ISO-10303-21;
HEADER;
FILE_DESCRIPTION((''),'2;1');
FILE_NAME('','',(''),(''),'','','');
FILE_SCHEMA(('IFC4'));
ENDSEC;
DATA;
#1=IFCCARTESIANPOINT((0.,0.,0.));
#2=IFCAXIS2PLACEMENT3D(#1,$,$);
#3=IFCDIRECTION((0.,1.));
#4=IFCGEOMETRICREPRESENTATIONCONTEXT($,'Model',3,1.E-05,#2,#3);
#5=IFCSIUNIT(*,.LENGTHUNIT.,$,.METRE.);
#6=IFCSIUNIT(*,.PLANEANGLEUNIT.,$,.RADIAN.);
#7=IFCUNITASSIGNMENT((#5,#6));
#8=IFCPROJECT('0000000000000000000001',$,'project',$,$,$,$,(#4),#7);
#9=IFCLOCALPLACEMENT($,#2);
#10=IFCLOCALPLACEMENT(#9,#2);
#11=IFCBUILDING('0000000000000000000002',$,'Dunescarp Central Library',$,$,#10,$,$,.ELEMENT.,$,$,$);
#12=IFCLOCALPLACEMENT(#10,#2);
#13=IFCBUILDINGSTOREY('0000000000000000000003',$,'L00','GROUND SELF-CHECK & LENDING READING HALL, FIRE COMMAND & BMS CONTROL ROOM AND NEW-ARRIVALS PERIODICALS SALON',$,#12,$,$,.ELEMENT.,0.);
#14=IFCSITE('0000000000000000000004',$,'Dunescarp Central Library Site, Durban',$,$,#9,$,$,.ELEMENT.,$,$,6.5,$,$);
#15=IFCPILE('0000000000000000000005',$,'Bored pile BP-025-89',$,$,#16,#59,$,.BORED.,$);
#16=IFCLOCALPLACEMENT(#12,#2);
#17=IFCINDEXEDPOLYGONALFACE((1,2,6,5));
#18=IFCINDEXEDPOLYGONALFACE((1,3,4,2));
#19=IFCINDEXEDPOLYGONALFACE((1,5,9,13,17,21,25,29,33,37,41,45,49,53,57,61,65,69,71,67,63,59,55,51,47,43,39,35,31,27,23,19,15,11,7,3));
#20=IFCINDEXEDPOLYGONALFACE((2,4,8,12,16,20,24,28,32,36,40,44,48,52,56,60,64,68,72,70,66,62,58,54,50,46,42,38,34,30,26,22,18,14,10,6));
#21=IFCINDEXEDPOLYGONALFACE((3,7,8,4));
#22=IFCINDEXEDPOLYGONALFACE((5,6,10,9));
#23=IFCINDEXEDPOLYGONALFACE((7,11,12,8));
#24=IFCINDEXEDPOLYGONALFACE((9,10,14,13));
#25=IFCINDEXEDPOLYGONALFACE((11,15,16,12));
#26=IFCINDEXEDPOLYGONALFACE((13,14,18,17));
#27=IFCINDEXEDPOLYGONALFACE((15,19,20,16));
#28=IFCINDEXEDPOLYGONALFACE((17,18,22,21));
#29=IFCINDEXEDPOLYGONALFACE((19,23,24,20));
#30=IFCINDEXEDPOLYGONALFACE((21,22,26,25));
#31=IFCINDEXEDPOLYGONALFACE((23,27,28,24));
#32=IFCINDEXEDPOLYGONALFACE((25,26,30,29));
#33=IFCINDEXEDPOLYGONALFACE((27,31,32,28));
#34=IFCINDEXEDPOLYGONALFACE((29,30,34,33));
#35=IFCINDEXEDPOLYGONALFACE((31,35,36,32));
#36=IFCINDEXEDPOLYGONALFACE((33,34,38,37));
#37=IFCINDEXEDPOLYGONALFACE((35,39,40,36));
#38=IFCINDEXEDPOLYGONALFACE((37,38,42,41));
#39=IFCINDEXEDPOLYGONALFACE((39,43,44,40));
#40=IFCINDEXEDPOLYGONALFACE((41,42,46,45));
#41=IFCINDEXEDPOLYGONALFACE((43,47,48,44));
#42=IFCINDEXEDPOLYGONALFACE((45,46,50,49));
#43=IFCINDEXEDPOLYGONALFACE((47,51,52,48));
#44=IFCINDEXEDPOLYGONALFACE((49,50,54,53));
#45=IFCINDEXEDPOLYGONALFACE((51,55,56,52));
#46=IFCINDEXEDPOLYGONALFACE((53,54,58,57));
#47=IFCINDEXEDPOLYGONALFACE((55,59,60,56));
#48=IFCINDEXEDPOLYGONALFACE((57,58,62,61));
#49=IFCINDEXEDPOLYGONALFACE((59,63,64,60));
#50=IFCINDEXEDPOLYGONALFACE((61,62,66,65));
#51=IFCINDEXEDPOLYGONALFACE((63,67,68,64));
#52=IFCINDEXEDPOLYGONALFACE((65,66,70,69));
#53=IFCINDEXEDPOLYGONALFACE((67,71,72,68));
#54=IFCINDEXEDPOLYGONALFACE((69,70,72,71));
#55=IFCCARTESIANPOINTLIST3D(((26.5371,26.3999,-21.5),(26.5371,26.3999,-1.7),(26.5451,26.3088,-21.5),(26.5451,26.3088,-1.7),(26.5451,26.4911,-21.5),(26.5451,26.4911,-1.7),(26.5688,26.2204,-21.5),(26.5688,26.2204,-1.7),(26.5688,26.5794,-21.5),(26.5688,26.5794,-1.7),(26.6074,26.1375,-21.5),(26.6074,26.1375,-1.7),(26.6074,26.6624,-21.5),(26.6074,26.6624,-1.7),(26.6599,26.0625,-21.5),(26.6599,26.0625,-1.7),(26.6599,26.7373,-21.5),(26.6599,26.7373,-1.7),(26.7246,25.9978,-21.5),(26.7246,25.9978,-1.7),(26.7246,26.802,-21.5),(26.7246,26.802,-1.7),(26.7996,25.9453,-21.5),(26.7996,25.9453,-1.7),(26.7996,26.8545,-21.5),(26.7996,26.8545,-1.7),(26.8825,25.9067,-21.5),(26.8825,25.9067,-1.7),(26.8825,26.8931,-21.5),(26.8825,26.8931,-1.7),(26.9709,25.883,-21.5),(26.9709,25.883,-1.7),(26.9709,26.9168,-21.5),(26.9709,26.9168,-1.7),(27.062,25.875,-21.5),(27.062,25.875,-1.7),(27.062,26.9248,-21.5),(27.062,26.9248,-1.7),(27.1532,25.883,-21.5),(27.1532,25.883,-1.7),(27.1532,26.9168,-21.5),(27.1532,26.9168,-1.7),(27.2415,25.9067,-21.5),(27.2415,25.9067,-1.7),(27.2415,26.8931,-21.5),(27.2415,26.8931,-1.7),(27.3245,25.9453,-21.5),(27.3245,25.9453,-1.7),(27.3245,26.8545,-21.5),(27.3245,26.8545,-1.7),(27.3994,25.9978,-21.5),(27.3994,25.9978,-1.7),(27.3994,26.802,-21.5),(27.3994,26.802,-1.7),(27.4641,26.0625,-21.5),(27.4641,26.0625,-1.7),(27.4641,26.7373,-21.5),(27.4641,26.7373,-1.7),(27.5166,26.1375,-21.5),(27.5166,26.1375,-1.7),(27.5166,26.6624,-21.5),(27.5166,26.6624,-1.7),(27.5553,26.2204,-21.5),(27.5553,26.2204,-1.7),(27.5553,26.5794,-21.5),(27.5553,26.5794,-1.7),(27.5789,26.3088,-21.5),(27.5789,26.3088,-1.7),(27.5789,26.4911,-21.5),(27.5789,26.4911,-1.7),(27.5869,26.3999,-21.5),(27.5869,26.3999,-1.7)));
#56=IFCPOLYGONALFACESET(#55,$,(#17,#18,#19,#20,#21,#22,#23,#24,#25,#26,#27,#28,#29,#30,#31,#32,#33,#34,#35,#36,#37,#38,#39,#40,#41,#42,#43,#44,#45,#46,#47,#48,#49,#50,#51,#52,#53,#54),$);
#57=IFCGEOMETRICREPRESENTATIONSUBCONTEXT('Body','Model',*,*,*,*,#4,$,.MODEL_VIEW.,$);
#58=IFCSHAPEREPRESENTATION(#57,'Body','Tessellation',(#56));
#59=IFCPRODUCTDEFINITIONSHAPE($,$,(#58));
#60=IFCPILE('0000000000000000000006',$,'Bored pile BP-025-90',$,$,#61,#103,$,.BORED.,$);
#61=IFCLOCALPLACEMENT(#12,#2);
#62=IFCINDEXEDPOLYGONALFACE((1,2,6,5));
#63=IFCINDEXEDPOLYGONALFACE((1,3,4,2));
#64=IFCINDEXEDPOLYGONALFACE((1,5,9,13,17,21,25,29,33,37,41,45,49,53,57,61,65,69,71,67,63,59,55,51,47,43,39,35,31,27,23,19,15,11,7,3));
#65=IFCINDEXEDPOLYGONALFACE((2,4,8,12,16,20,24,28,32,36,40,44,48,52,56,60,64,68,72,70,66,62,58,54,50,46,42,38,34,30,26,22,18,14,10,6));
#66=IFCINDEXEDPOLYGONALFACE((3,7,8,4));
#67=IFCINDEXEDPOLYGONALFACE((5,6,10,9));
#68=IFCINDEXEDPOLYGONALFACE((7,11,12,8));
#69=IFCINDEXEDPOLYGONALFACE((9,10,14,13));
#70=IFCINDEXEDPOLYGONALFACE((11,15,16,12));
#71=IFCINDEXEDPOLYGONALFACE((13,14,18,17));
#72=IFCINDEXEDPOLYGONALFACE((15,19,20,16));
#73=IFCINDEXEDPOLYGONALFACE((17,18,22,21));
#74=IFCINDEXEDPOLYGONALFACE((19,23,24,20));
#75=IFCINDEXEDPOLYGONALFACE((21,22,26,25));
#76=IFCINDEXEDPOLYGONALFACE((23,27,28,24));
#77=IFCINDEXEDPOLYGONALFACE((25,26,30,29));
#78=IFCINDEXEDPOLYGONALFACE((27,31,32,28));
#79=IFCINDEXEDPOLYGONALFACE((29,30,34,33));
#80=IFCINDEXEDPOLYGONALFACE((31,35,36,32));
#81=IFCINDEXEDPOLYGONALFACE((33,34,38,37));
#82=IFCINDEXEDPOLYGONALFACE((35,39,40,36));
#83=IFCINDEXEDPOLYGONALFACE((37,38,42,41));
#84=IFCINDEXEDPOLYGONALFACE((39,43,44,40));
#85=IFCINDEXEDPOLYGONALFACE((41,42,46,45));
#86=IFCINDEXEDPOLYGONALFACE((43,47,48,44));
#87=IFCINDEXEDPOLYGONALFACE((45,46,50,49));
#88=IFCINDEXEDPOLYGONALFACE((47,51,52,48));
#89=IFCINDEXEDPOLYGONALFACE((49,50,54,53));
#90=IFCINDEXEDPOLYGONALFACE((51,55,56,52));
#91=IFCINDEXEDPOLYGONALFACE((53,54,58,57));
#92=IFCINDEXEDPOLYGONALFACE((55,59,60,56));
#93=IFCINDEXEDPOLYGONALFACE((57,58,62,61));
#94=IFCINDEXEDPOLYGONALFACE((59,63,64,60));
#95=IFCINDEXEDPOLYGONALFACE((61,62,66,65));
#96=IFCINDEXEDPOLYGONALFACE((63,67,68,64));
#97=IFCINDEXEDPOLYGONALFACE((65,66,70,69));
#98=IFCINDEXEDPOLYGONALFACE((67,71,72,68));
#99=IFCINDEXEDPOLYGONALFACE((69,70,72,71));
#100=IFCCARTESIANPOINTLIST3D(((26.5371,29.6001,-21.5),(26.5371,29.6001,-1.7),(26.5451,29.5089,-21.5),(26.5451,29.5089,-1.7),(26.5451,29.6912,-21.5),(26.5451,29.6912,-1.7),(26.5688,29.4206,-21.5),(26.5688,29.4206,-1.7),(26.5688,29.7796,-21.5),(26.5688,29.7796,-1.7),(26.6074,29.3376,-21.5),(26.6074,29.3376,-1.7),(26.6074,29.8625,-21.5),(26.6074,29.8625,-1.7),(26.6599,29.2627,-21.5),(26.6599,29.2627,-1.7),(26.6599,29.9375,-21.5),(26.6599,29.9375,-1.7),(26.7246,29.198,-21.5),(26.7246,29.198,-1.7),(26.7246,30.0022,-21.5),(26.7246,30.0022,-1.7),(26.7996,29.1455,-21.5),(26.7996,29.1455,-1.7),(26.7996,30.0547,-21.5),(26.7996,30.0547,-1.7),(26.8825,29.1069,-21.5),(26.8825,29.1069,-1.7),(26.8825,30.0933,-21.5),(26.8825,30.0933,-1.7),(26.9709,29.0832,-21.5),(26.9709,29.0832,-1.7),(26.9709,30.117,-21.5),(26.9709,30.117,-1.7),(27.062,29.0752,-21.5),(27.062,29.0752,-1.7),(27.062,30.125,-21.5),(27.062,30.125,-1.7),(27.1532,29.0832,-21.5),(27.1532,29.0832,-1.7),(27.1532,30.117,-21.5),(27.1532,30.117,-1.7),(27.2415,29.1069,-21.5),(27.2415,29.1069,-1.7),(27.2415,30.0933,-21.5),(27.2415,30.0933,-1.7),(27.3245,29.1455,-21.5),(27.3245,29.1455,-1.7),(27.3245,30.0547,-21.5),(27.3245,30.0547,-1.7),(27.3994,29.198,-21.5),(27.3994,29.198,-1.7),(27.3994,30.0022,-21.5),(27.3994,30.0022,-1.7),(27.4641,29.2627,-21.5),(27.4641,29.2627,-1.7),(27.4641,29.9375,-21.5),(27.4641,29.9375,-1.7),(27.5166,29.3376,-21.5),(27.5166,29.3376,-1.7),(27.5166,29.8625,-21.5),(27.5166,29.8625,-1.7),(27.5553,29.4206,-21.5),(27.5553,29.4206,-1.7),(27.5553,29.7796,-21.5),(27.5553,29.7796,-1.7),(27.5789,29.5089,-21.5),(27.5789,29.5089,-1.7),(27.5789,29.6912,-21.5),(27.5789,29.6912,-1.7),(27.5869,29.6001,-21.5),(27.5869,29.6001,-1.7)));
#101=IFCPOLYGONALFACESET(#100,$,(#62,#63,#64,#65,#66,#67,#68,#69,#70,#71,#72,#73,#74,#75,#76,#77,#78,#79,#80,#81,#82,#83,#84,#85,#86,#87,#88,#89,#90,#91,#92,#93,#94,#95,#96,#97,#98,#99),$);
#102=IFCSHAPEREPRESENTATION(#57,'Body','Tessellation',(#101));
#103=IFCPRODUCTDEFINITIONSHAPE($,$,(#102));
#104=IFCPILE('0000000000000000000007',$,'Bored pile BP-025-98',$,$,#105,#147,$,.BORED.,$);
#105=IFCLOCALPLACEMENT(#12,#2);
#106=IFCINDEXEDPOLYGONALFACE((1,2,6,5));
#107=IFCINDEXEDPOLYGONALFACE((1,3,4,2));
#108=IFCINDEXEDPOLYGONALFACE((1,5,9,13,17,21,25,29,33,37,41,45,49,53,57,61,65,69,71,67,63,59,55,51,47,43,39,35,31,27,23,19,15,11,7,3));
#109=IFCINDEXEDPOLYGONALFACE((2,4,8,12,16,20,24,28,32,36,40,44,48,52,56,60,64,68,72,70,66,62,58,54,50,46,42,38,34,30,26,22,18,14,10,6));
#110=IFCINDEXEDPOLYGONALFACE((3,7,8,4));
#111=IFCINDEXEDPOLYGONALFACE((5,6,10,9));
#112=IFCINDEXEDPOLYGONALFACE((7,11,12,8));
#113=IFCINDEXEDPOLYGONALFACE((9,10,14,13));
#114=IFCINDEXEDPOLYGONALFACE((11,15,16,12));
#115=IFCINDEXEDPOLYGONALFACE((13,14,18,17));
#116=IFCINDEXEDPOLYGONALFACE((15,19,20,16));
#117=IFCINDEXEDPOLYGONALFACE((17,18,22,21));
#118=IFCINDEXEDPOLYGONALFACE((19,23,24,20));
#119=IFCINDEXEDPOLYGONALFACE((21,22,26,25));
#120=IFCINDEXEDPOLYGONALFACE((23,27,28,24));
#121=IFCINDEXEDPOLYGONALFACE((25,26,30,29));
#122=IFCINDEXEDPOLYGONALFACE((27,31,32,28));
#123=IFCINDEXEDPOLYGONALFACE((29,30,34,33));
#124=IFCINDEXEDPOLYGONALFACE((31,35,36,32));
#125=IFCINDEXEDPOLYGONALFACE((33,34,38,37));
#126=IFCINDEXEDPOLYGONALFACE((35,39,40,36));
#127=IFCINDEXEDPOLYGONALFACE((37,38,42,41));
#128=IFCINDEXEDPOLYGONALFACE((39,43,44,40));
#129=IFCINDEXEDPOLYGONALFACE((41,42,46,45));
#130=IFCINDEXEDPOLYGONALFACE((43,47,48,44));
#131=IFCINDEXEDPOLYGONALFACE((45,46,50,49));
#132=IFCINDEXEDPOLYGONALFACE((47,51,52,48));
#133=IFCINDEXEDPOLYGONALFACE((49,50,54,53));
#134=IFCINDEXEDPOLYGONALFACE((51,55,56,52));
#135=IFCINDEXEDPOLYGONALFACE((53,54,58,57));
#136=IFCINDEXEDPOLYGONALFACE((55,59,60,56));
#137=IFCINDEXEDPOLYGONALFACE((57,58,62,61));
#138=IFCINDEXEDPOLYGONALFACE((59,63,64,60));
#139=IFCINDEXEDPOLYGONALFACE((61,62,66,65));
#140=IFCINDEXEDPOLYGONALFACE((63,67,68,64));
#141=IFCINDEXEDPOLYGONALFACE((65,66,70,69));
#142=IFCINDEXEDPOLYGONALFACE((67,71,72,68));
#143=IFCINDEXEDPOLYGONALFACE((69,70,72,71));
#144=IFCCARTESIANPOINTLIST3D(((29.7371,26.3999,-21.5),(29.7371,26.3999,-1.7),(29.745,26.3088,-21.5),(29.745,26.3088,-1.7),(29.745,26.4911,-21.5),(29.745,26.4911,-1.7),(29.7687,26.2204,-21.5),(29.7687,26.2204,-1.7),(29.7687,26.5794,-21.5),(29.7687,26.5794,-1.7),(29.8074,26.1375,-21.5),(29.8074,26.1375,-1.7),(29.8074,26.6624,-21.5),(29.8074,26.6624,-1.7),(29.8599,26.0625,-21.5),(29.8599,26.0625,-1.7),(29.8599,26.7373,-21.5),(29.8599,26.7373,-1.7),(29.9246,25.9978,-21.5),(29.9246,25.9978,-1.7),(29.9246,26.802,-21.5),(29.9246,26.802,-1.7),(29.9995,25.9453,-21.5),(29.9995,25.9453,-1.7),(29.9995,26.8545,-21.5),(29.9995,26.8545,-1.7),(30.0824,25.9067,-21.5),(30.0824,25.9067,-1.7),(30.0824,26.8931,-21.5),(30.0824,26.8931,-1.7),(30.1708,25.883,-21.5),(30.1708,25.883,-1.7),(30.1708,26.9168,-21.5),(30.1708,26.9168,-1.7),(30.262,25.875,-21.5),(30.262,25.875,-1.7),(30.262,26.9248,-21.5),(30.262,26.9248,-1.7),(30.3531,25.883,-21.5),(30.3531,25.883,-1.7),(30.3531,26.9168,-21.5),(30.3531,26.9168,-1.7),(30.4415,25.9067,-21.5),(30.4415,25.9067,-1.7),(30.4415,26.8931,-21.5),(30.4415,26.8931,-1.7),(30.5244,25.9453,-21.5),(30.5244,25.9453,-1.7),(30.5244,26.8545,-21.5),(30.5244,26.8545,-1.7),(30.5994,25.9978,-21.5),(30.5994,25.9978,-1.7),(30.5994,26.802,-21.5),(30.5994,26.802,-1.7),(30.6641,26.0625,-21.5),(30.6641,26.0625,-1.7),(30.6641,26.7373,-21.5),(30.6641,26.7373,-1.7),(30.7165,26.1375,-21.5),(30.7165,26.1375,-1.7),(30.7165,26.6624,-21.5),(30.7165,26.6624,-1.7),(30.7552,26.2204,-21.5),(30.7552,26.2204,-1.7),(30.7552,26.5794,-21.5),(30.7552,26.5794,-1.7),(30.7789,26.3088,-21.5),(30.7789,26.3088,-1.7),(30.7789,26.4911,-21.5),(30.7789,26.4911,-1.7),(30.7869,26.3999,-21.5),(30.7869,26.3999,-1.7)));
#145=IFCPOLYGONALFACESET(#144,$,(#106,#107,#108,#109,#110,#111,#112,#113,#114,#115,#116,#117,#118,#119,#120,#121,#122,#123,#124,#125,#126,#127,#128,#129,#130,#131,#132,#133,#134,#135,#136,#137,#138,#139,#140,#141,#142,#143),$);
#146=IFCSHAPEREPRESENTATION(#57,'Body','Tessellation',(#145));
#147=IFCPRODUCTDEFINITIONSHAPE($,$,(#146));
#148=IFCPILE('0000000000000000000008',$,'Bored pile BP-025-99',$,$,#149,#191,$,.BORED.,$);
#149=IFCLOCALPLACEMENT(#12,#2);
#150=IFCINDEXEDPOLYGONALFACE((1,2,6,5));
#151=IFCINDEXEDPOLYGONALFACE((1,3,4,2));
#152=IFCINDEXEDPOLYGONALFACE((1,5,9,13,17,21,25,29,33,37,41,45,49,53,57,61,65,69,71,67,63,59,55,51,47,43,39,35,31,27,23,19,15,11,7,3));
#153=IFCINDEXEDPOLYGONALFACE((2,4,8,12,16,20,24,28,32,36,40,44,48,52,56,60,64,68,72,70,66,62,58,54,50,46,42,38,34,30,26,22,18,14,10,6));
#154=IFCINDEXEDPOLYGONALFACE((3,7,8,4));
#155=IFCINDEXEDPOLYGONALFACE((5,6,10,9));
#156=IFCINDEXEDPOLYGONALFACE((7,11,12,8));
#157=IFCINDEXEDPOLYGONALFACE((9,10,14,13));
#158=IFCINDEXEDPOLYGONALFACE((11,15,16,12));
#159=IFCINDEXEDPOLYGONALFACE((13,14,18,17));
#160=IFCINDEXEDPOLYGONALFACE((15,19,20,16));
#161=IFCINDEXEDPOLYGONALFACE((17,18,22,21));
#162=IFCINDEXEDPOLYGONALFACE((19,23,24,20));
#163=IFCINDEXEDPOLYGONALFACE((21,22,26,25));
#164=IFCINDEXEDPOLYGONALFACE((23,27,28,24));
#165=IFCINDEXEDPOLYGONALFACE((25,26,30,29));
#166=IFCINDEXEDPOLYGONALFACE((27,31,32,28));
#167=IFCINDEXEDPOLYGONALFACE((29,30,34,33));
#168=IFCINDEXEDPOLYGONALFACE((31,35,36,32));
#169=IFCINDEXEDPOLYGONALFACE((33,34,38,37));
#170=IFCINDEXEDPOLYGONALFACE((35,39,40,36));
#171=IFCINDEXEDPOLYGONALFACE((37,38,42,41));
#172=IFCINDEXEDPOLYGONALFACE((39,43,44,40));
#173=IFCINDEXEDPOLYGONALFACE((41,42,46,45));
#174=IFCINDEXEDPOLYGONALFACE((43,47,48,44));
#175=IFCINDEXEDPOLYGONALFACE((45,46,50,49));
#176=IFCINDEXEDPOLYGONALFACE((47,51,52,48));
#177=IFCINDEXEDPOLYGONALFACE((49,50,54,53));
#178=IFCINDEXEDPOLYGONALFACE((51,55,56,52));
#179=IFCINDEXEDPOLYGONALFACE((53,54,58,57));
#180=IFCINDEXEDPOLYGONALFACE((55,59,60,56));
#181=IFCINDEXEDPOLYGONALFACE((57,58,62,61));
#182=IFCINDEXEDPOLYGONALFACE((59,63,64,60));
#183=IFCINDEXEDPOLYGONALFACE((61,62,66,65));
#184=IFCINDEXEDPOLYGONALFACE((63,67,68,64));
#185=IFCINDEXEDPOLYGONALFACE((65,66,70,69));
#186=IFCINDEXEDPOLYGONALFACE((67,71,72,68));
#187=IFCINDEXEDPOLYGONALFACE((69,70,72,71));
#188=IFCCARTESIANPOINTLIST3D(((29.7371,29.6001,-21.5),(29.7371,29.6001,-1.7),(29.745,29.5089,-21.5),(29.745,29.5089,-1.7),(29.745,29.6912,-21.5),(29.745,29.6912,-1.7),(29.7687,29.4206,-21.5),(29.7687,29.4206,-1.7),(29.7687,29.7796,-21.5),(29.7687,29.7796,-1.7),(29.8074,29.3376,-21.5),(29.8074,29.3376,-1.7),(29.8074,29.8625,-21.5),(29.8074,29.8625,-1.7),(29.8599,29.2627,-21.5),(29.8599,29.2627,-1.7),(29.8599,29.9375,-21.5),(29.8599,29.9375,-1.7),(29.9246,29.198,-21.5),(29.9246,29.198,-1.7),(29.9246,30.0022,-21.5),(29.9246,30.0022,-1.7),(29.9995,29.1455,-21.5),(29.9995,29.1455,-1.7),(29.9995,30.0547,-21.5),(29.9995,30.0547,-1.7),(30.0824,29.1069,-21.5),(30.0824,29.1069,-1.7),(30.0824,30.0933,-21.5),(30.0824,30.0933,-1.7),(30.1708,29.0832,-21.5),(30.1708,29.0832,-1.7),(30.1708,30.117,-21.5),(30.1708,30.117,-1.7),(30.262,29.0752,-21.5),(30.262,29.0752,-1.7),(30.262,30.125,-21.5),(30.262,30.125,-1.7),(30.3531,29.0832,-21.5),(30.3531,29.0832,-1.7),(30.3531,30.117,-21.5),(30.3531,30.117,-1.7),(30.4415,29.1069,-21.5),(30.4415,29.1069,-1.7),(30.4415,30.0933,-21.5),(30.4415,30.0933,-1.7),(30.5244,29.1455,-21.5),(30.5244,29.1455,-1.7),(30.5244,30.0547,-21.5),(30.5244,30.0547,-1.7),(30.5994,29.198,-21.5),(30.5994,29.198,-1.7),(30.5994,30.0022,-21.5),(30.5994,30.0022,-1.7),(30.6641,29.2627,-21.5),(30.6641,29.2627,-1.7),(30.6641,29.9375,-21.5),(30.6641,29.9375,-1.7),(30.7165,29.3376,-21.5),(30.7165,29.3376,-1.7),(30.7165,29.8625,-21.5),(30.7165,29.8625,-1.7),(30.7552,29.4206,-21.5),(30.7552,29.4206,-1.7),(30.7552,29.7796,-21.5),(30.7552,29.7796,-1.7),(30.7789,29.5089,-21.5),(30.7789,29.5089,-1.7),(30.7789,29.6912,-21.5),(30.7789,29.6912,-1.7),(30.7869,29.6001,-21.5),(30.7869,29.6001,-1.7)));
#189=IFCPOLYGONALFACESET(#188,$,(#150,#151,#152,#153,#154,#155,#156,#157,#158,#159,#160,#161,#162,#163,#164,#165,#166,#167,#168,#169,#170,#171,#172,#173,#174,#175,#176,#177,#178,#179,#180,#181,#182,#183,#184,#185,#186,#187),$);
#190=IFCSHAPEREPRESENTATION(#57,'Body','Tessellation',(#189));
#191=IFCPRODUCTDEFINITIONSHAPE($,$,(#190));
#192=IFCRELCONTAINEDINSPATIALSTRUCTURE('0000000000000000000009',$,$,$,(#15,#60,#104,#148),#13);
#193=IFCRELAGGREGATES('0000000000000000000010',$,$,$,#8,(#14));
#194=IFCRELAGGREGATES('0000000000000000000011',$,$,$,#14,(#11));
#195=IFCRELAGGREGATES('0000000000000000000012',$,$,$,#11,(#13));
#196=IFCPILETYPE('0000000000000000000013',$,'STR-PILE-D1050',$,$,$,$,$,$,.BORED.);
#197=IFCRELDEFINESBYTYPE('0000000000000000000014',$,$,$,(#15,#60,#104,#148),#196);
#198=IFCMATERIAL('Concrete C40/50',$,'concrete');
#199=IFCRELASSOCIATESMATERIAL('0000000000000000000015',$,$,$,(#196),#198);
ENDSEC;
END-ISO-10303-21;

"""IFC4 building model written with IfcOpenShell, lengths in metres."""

from ifc_helpers import new_model, si_unit, direction, frame, origin, origin_2d, place, context, subcontext, project, spatial, circle, extrude, material, material_profile, profile_set, type_object, element, save


model = new_model("IFC4")

# Units and contexts
model_context = context("Model", 3, precision=1e-05, world=origin(), true_north=direction((0.0, 1.0)))
body_context = subcontext(model_context, "Body", "Model", "MODEL_VIEW")
ifc_project = project(units=[si_unit("LENGTHUNIT", "METRE"), si_unit("PLANEANGLEUNIT", "RADIAN")], contexts=[model_context])

# Site, building, storey
site_placement = place(None, origin())
site = spatial("IfcSite", under=ifc_project, at=site_placement, Name="Dunescarp Central Library Site, Durban", CompositionType="ELEMENT", RefElevation=6.5)
building_placement = place(site_placement, origin())
building = spatial("IfcBuilding", under=site, at=building_placement, Name="Dunescarp Central Library", CompositionType="ELEMENT")
storey_placement = place(building_placement, origin())
storey = spatial("IfcBuildingStorey", under=building, at=storey_placement, Name="L00", Description="GROUND SELF-CHECK & LENDING READING HALL, FIRE COMMAND & BMS CONTROL ROOM AND NEW-ARRIVALS PERIODICALS SALON", CompositionType="ELEMENT", Elevation=0.0)

# Piles
ifc_material_1 = material(Name="Concrete C40/50", Category="concrete")
ifc_material_profile_1 = material_profile(ifc_material_1, circle(Radius=0.5249, at=origin_2d()), Name="PILE D1050")
ifc_profile_set_1 = profile_set([ifc_material_profile_1], Name="Concrete C40/50")
pile_type = type_object("IfcPileType", Name="STR-PILE-D1050", PredefinedType="BORED", material=ifc_profile_set_1)
for number, where, z_axis, x_axis, name in (
    (1, (27.062, 26.3999, -1.7), (0.0, 0.0, -1.0), (1.0, 0.0, 0.0), "Bored pile BP-025-89"),
    (2, (27.062, 29.6001, -1.7), (0.0, 0.0, -1.0), (1.0, 0.0, 0.0), "Bored pile BP-025-90"),
    (3, (30.262, 26.3999, -1.7), (0.0, 0.0, -1.0), (1.0, 0.0, 0.0), "Bored pile BP-025-98"),
    (4, (30.262, 29.6001, -1.7), (0.0, 0.0, -1.0), (1.0, 0.0, 0.0), "Bored pile BP-025-99"),
):
    element("IfcPile", number, at=place(storey_placement, frame(where, z_axis=z_axis, x_axis=x_axis)), inside=storey, type_object=pile_type, Name=name, PredefinedType="BORED", context=body_context, shape_type="SweptSolid", body=[
        extrude(circle(Radius=0.5249, at=origin_2d()), origin(), (0.0, 0.0, 1.0), 19.8),
    ])

save(model, "model.ifc")
